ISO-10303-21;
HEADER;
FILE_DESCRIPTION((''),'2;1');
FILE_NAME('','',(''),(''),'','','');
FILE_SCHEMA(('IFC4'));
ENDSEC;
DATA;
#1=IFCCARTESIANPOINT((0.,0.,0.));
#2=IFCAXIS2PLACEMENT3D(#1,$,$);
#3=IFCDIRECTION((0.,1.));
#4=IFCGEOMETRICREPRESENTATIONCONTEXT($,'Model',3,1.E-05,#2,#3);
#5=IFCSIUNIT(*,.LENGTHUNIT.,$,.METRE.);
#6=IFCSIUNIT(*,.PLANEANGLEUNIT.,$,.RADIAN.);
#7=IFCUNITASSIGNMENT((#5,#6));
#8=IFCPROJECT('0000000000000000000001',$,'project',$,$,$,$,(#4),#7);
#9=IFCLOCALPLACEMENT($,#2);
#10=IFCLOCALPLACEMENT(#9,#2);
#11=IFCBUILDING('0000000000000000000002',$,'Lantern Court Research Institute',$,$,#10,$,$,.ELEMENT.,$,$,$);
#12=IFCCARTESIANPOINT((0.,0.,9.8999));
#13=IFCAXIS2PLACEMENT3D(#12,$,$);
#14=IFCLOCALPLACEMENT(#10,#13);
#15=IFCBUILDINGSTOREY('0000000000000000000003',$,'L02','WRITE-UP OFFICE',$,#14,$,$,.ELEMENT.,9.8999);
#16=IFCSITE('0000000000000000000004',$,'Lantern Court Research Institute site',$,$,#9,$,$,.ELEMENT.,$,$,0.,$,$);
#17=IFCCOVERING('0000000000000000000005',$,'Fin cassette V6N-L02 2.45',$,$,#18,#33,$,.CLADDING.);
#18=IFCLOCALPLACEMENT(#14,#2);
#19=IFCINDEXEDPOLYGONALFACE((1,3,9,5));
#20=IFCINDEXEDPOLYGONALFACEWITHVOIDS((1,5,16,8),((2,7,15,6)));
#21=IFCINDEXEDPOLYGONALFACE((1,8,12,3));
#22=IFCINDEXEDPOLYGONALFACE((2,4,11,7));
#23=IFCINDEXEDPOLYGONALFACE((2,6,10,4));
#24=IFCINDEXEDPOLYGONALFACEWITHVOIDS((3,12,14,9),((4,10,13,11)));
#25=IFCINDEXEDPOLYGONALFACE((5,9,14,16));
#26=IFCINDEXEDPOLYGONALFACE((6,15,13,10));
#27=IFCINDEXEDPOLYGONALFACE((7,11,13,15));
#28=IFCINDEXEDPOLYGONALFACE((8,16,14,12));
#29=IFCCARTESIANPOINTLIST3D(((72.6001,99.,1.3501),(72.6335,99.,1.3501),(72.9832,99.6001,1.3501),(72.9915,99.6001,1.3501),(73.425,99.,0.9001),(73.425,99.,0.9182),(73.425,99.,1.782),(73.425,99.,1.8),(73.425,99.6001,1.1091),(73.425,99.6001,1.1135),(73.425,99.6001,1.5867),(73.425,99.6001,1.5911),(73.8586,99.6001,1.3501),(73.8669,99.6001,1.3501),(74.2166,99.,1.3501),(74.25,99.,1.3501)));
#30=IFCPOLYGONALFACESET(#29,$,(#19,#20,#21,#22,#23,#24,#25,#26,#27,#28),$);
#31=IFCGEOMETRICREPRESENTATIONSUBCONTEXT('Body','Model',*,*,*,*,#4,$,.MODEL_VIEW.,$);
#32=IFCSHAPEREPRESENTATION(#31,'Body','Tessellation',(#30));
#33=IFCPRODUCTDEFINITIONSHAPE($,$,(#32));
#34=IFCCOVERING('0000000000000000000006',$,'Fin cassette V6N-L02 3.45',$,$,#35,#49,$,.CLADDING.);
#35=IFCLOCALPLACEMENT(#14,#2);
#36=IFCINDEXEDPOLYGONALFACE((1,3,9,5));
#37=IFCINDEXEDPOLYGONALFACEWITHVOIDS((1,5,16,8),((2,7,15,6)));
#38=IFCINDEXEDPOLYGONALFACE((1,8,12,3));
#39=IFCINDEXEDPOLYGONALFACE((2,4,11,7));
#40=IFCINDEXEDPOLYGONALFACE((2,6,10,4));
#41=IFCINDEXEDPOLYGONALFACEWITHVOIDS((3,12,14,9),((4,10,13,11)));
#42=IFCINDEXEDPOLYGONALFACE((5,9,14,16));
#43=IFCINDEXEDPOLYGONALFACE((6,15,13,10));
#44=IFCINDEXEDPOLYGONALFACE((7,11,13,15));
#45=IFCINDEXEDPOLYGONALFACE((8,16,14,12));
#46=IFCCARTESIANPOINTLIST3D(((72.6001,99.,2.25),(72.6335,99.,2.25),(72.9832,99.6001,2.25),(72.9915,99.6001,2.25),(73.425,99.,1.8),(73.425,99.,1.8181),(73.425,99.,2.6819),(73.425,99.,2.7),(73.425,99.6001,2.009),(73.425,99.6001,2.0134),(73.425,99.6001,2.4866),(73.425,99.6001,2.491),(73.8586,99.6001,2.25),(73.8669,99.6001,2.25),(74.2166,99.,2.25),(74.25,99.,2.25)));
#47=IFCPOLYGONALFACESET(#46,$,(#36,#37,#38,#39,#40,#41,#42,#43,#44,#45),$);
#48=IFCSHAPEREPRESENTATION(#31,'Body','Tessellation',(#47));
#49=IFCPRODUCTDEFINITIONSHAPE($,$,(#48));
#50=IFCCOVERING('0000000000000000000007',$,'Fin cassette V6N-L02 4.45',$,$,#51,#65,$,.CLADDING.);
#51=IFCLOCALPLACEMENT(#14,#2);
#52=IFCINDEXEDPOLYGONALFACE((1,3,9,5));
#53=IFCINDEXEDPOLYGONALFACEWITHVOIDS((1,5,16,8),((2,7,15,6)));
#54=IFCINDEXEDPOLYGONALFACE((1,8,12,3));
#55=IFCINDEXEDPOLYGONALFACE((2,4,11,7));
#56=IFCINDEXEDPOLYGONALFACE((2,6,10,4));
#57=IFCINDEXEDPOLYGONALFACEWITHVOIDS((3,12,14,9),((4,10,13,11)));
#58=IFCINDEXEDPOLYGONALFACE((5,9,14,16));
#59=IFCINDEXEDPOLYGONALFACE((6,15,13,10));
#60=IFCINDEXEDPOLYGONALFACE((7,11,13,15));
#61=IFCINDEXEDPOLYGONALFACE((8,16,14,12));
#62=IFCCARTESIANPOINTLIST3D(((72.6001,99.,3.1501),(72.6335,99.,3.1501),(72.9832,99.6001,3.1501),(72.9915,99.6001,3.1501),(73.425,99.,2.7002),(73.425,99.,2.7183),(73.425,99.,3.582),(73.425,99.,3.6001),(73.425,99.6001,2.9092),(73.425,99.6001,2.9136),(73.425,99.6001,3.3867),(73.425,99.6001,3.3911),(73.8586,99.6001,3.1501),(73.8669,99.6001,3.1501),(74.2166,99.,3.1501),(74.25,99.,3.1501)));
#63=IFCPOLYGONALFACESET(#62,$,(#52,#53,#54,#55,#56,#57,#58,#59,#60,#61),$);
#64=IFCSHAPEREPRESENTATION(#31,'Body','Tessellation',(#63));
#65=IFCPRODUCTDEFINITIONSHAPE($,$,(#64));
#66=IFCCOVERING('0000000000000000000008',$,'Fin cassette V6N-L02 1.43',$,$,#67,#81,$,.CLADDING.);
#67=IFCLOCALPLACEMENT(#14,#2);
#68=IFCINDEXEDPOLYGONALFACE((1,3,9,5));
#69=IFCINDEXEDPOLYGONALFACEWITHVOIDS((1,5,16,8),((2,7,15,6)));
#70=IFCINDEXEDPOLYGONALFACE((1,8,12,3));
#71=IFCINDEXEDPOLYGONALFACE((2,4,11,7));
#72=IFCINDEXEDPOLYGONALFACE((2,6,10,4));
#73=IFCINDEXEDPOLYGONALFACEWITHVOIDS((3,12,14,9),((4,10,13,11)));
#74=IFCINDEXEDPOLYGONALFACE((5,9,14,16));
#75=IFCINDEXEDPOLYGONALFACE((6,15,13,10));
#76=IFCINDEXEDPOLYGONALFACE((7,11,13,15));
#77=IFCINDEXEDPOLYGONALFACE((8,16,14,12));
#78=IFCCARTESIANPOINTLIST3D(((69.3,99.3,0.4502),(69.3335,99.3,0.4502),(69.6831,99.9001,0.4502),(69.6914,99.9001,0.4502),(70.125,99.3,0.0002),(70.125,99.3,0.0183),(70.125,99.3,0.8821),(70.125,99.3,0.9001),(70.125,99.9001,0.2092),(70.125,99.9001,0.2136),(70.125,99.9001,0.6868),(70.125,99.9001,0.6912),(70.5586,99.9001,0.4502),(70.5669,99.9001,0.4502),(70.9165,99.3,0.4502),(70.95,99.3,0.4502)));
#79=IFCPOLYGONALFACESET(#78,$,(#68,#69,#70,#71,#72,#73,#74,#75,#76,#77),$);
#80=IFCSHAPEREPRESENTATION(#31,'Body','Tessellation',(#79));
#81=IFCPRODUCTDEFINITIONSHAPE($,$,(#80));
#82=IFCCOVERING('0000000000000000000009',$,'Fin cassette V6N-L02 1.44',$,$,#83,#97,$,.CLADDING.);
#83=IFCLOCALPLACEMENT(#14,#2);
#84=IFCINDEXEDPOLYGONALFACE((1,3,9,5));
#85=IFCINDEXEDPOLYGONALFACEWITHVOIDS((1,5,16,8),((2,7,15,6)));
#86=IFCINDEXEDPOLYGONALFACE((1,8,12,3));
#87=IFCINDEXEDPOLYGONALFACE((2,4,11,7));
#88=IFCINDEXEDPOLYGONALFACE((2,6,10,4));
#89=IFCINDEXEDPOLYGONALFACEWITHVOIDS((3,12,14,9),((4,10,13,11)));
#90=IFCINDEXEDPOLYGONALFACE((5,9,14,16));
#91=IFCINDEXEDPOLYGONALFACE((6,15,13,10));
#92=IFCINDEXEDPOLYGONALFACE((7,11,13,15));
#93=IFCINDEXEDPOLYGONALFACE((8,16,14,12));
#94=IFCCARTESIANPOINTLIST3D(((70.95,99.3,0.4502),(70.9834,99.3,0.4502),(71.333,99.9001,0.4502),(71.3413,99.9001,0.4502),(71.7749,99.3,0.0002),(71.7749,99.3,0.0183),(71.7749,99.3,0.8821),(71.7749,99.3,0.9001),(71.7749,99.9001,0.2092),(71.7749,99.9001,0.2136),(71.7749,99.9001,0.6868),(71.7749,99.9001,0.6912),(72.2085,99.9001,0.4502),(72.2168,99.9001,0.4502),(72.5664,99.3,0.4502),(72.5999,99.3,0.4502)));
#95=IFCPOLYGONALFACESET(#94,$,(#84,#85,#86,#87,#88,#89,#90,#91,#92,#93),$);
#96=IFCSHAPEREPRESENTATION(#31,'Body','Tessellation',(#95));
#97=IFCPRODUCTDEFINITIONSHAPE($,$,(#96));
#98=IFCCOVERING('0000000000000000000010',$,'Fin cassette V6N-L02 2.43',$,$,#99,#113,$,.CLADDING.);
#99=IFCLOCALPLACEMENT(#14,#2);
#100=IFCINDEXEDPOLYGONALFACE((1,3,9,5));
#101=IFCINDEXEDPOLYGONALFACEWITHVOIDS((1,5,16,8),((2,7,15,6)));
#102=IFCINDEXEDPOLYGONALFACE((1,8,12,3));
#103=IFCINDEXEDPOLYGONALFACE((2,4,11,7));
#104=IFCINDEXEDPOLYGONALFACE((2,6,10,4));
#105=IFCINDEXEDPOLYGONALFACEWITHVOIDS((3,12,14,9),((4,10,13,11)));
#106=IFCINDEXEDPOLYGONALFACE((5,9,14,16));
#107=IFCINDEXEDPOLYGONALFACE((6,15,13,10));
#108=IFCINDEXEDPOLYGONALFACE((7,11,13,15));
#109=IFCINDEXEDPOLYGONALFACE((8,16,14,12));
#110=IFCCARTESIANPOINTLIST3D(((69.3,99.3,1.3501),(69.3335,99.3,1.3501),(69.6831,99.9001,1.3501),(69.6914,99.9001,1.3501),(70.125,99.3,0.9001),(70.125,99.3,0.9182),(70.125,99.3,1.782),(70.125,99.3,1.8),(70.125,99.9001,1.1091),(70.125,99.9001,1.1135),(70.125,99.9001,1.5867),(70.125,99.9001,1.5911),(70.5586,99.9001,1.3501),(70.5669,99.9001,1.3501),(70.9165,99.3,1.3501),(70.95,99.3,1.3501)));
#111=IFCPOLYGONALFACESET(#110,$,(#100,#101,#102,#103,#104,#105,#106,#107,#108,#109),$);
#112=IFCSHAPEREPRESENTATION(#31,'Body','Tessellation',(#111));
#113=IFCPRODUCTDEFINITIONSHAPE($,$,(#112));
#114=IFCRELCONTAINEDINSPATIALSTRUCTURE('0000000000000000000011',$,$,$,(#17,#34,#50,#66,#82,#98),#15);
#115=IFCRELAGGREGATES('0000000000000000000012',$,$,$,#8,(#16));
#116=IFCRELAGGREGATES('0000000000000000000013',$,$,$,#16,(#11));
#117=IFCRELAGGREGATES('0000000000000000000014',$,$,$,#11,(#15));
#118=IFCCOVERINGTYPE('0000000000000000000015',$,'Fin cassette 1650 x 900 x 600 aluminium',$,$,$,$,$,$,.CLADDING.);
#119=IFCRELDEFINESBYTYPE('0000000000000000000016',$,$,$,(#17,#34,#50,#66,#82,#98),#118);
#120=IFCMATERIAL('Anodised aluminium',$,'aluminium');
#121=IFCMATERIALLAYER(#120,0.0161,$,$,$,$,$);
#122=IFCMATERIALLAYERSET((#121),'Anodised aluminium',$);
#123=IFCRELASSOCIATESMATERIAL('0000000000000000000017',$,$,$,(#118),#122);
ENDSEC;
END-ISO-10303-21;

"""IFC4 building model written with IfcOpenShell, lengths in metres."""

from ifc_helpers import new_model, entity, si_unit, direction, frame, origin, place, context, subcontext, project, spatial, material, layer, layer_set, type_object, element, save


model = new_model("IFC4")

# Units and contexts
model_context = context("Model", 3, precision=1e-05, world=origin(), true_north=direction((0.0, 1.0)))
body_context = subcontext(model_context, "Body", "Model", "MODEL_VIEW")
ifc_project = project(units=[si_unit("LENGTHUNIT", "METRE"), si_unit("PLANEANGLEUNIT", "RADIAN")], contexts=[model_context])

# Site, building, storey
site_placement = place(None, origin())
site = spatial("IfcSite", under=ifc_project, at=site_placement, Name="Lantern Court Research Institute site", CompositionType="ELEMENT", RefElevation=0.0)
building_placement = place(site_placement, origin())
building = spatial("IfcBuilding", under=site, at=building_placement, Name="Lantern Court Research Institute", CompositionType="ELEMENT")
storey_placement = place(building_placement, frame((0.0, 0.0, 9.8999)))
storey = spatial("IfcBuildingStorey", under=building, at=storey_placement, Name="L02", Description="WRITE-UP OFFICE", CompositionType="ELEMENT", Elevation=9.8999)

# Coverings
ifc_material_1 = material(Name="Anodised aluminium", Category="aluminium")
ifc_layer_1 = layer(ifc_material_1, 0.0161)
ifc_layer_set_1 = layer_set([ifc_layer_1], Name="Anodised aluminium")
covering_type = type_object("IfcCoveringType", Name="Fin cassette 1650 x 900 x 600 aluminium", PredefinedType="CLADDING", material=ifc_layer_set_1)
covering_1_placement = place(storey_placement, frame((73.425, 99.0, 1.3501), z_axis=(0.0, 1.0, 0.0), x_axis=(-1.0, 0.0, 0.0)))
cartesian_point_1 = entity("IfcCartesianPoint", [0.825, 0.0])
cartesian_point_2 = entity("IfcCartesianPoint", [0.7915, 0.0])
cartesian_point_3 = entity("IfcCartesianPoint", [0.4419, 0.0])
cartesian_point_4 = entity("IfcCartesianPoint", [0.4336, 0.0])
element("IfcCovering", 1, at=covering_1_placement, inside=storey, type_object=covering_type, Name="Fin cassette V6N-L02 2.45", PredefinedType="CLADDING", context=body_context, shape_type="SweptSolid", body=[
    entity("IfcExtrudedAreaSolidTapered", entity("IfcArbitraryProfileDefWithVoids", "AREA", None, entity("IfcPolyline", [cartesian_point_1, entity("IfcCartesianPoint", [0.0, 0.45]), entity("IfcCartesianPoint", [-0.825, 0.0]), entity("IfcCartesianPoint", [0.0, -0.45]), cartesian_point_1]), [entity("IfcPolyline", [cartesian_point_2, entity("IfcCartesianPoint", [0.0, 0.4319]), entity("IfcCartesianPoint", [-0.7915, 0.0]), entity("IfcCartesianPoint", [0.0, -0.4319]), cartesian_point_2])]), entity("IfcAxis2Placement3D", entity("IfcCartesianPoint", [0.0, 0.0, 0.0])), entity("IfcDirection", [0.0, 0.0, 1.0]), 0.6001, entity("IfcArbitraryProfileDefWithVoids", "AREA", None, entity("IfcPolyline", [cartesian_point_3, entity("IfcCartesianPoint", [0.0, 0.241]), entity("IfcCartesianPoint", [-0.4419, 0.0]), entity("IfcCartesianPoint", [0.0, -0.241]), cartesian_point_3]), [entity("IfcPolyline", [cartesian_point_4, entity("IfcCartesianPoint", [0.0, 0.2366]), entity("IfcCartesianPoint", [-0.4336, 0.0]), entity("IfcCartesianPoint", [0.0, -0.2366]), cartesian_point_4])])),
])
covering_2_placement = place(storey_placement, frame((73.425, 99.0, 2.25), z_axis=(0.0, 1.0, 0.0), x_axis=(-1.0, 0.0, 0.0)))
cartesian_point_5 = entity("IfcCartesianPoint", [0.825, 0.0])
cartesian_point_6 = entity("IfcCartesianPoint", [0.7915, 0.0])
cartesian_point_7 = entity("IfcCartesianPoint", [0.4419, 0.0])
cartesian_point_8 = entity("IfcCartesianPoint", [0.4336, 0.0])
element("IfcCovering", 2, at=covering_2_placement, inside=storey, type_object=covering_type, Name="Fin cassette V6N-L02 3.45", PredefinedType="CLADDING", context=body_context, shape_type="SweptSolid", body=[
    entity("IfcExtrudedAreaSolidTapered", entity("IfcArbitraryProfileDefWithVoids", "AREA", None, entity("IfcPolyline", [cartesian_point_5, entity("IfcCartesianPoint", [0.0, 0.45]), entity("IfcCartesianPoint", [-0.825, 0.0]), entity("IfcCartesianPoint", [0.0, -0.45]), cartesian_point_5]), [entity("IfcPolyline", [cartesian_point_6, entity("IfcCartesianPoint", [0.0, 0.4319]), entity("IfcCartesianPoint", [-0.7915, 0.0]), entity("IfcCartesianPoint", [0.0, -0.4319]), cartesian_point_6])]), entity("IfcAxis2Placement3D", entity("IfcCartesianPoint", [0.0, 0.0, 0.0])), entity("IfcDirection", [0.0, 0.0, 1.0]), 0.6001, entity("IfcArbitraryProfileDefWithVoids", "AREA", None, entity("IfcPolyline", [cartesian_point_7, entity("IfcCartesianPoint", [0.0, 0.241]), entity("IfcCartesianPoint", [-0.4419, 0.0]), entity("IfcCartesianPoint", [0.0, -0.241]), cartesian_point_7]), [entity("IfcPolyline", [cartesian_point_8, entity("IfcCartesianPoint", [0.0, 0.2366]), entity("IfcCartesianPoint", [-0.4336, 0.0]), entity("IfcCartesianPoint", [0.0, -0.2366]), cartesian_point_8])])),
])
covering_3_placement = place(storey_placement, frame((73.425, 99.0, 3.1501), z_axis=(0.0, 1.0, 0.0), x_axis=(-1.0, 0.0, 0.0)))
cartesian_point_9 = entity("IfcCartesianPoint", [0.825, 0.0])
cartesian_point_10 = entity("IfcCartesianPoint", [0.7915, 0.0])
cartesian_point_11 = entity("IfcCartesianPoint", [0.4419, 0.0])
cartesian_point_12 = entity("IfcCartesianPoint", [0.4336, 0.0])
element("IfcCovering", 3, at=covering_3_placement, inside=storey, type_object=covering_type, Name="Fin cassette V6N-L02 4.45", PredefinedType="CLADDING", context=body_context, shape_type="SweptSolid", body=[
    entity("IfcExtrudedAreaSolidTapered", entity("IfcArbitraryProfileDefWithVoids", "AREA", None, entity("IfcPolyline", [cartesian_point_9, entity("IfcCartesianPoint", [0.0, 0.45]), entity("IfcCartesianPoint", [-0.825, 0.0]), entity("IfcCartesianPoint", [0.0, -0.45]), cartesian_point_9]), [entity("IfcPolyline", [cartesian_point_10, entity("IfcCartesianPoint", [0.0, 0.4319]), entity("IfcCartesianPoint", [-0.7915, 0.0]), entity("IfcCartesianPoint", [0.0, -0.4319]), cartesian_point_10])]), entity("IfcAxis2Placement3D", entity("IfcCartesianPoint", [0.0, 0.0, 0.0])), entity("IfcDirection", [0.0, 0.0, 1.0]), 0.6001, entity("IfcArbitraryProfileDefWithVoids", "AREA", None, entity("IfcPolyline", [cartesian_point_11, entity("IfcCartesianPoint", [0.0, 0.241]), entity("IfcCartesianPoint", [-0.4419, 0.0]), entity("IfcCartesianPoint", [0.0, -0.241]), cartesian_point_11]), [entity("IfcPolyline", [cartesian_point_12, entity("IfcCartesianPoint", [0.0, 0.2366]), entity("IfcCartesianPoint", [-0.4336, 0.0]), entity("IfcCartesianPoint", [0.0, -0.2366]), cartesian_point_12])])),
])
covering_4_placement = place(storey_placement, frame((70.125, 99.3, 0.4502), z_axis=(0.0, 1.0, 0.0), x_axis=(-1.0, 0.0, 0.0)))
cartesian_point_13 = entity("IfcCartesianPoint", [0.825, 0.0])
cartesian_point_14 = entity("IfcCartesianPoint", [0.7915, 0.0])
cartesian_point_15 = entity("IfcCartesianPoint", [0.4419, 0.0])
cartesian_point_16 = entity("IfcCartesianPoint", [0.4336, 0.0])
element("IfcCovering", 4, at=covering_4_placement, inside=storey, type_object=covering_type, Name="Fin cassette V6N-L02 1.43", PredefinedType="CLADDING", context=body_context, shape_type="SweptSolid", body=[
    entity("IfcExtrudedAreaSolidTapered", entity("IfcArbitraryProfileDefWithVoids", "AREA", None, entity("IfcPolyline", [cartesian_point_13, entity("IfcCartesianPoint", [0.0, 0.45]), entity("IfcCartesianPoint", [-0.825, 0.0]), entity("IfcCartesianPoint", [0.0, -0.45]), cartesian_point_13]), [entity("IfcPolyline", [cartesian_point_14, entity("IfcCartesianPoint", [0.0, 0.4319]), entity("IfcCartesianPoint", [-0.7915, 0.0]), entity("IfcCartesianPoint", [0.0, -0.4319]), cartesian_point_14])]), entity("IfcAxis2Placement3D", entity("IfcCartesianPoint", [0.0, 0.0, 0.0])), entity("IfcDirection", [0.0, 0.0, 1.0]), 0.6001, entity("IfcArbitraryProfileDefWithVoids", "AREA", None, entity("IfcPolyline", [cartesian_point_15, entity("IfcCartesianPoint", [0.0, 0.241]), entity("IfcCartesianPoint", [-0.4419, 0.0]), entity("IfcCartesianPoint", [0.0, -0.241]), cartesian_point_15]), [entity("IfcPolyline", [cartesian_point_16, entity("IfcCartesianPoint", [0.0, 0.2366]), entity("IfcCartesianPoint", [-0.4336, 0.0]), entity("IfcCartesianPoint", [0.0, -0.2366]), cartesian_point_16])])),
])
covering_5_placement = place(storey_placement, frame((71.7749, 99.3, 0.4502), z_axis=(0.0, 1.0, 0.0), x_axis=(-1.0, 0.0, 0.0)))
cartesian_point_17 = entity("IfcCartesianPoint", [0.825, 0.0])
cartesian_point_18 = entity("IfcCartesianPoint", [0.7915, 0.0])
cartesian_point_19 = entity("IfcCartesianPoint", [0.4419, 0.0])
cartesian_point_20 = entity("IfcCartesianPoint", [0.4336, 0.0])
element("IfcCovering", 5, at=covering_5_placement, inside=storey, type_object=covering_type, Name="Fin cassette V6N-L02 1.44", PredefinedType="CLADDING", context=body_context, shape_type="SweptSolid", body=[
    entity("IfcExtrudedAreaSolidTapered", entity("IfcArbitraryProfileDefWithVoids", "AREA", None, entity("IfcPolyline", [cartesian_point_17, entity("IfcCartesianPoint", [0.0, 0.45]), entity("IfcCartesianPoint", [-0.825, 0.0]), entity("IfcCartesianPoint", [0.0, -0.45]), cartesian_point_17]), [entity("IfcPolyline", [cartesian_point_18, entity("IfcCartesianPoint", [0.0, 0.4319]), entity("IfcCartesianPoint", [-0.7915, 0.0]), entity("IfcCartesianPoint", [0.0, -0.4319]), cartesian_point_18])]), entity("IfcAxis2Placement3D", entity("IfcCartesianPoint", [0.0, 0.0, 0.0])), entity("IfcDirection", [0.0, 0.0, 1.0]), 0.6001, entity("IfcArbitraryProfileDefWithVoids", "AREA", None, entity("IfcPolyline", [cartesian_point_19, entity("IfcCartesianPoint", [0.0, 0.241]), entity("IfcCartesianPoint", [-0.4419, 0.0]), entity("IfcCartesianPoint", [0.0, -0.241]), cartesian_point_19]), [entity("IfcPolyline", [cartesian_point_20, entity("IfcCartesianPoint", [0.0, 0.2366]), entity("IfcCartesianPoint", [-0.4336, 0.0]), entity("IfcCartesianPoint", [0.0, -0.2366]), cartesian_point_20])])),
])
covering_6_placement = place(storey_placement, frame((70.125, 99.3, 1.3501), z_axis=(0.0, 1.0, 0.0), x_axis=(-1.0, 0.0, 0.0)))
cartesian_point_21 = entity("IfcCartesianPoint", [0.825, 0.0])
cartesian_point_22 = entity("IfcCartesianPoint", [0.7915, 0.0])
cartesian_point_23 = entity("IfcCartesianPoint", [0.4419, 0.0])
cartesian_point_24 = entity("IfcCartesianPoint", [0.4336, 0.0])
element("IfcCovering", 6, at=covering_6_placement, inside=storey, type_object=covering_type, Name="Fin cassette V6N-L02 2.43", PredefinedType="CLADDING", context=body_context, shape_type="SweptSolid", body=[
    entity("IfcExtrudedAreaSolidTapered", entity("IfcArbitraryProfileDefWithVoids", "AREA", None, entity("IfcPolyline", [cartesian_point_21, entity("IfcCartesianPoint", [0.0, 0.45]), entity("IfcCartesianPoint", [-0.825, 0.0]), entity("IfcCartesianPoint", [0.0, -0.45]), cartesian_point_21]), [entity("IfcPolyline", [cartesian_point_22, entity("IfcCartesianPoint", [0.0, 0.4319]), entity("IfcCartesianPoint", [-0.7915, 0.0]), entity("IfcCartesianPoint", [0.0, -0.4319]), cartesian_point_22])]), entity("IfcAxis2Placement3D", entity("IfcCartesianPoint", [0.0, 0.0, 0.0])), entity("IfcDirection", [0.0, 0.0, 1.0]), 0.6001, entity("IfcArbitraryProfileDefWithVoids", "AREA", None, entity("IfcPolyline", [cartesian_point_23, entity("IfcCartesianPoint", [0.0, 0.241]), entity("IfcCartesianPoint", [-0.4419, 0.0]), entity("IfcCartesianPoint", [0.0, -0.241]), cartesian_point_23]), [entity("IfcPolyline", [cartesian_point_24, entity("IfcCartesianPoint", [0.0, 0.2366]), entity("IfcCartesianPoint", [-0.4336, 0.0]), entity("IfcCartesianPoint", [0.0, -0.2366]), cartesian_point_24])])),
])

save(model, "model.ifc")
